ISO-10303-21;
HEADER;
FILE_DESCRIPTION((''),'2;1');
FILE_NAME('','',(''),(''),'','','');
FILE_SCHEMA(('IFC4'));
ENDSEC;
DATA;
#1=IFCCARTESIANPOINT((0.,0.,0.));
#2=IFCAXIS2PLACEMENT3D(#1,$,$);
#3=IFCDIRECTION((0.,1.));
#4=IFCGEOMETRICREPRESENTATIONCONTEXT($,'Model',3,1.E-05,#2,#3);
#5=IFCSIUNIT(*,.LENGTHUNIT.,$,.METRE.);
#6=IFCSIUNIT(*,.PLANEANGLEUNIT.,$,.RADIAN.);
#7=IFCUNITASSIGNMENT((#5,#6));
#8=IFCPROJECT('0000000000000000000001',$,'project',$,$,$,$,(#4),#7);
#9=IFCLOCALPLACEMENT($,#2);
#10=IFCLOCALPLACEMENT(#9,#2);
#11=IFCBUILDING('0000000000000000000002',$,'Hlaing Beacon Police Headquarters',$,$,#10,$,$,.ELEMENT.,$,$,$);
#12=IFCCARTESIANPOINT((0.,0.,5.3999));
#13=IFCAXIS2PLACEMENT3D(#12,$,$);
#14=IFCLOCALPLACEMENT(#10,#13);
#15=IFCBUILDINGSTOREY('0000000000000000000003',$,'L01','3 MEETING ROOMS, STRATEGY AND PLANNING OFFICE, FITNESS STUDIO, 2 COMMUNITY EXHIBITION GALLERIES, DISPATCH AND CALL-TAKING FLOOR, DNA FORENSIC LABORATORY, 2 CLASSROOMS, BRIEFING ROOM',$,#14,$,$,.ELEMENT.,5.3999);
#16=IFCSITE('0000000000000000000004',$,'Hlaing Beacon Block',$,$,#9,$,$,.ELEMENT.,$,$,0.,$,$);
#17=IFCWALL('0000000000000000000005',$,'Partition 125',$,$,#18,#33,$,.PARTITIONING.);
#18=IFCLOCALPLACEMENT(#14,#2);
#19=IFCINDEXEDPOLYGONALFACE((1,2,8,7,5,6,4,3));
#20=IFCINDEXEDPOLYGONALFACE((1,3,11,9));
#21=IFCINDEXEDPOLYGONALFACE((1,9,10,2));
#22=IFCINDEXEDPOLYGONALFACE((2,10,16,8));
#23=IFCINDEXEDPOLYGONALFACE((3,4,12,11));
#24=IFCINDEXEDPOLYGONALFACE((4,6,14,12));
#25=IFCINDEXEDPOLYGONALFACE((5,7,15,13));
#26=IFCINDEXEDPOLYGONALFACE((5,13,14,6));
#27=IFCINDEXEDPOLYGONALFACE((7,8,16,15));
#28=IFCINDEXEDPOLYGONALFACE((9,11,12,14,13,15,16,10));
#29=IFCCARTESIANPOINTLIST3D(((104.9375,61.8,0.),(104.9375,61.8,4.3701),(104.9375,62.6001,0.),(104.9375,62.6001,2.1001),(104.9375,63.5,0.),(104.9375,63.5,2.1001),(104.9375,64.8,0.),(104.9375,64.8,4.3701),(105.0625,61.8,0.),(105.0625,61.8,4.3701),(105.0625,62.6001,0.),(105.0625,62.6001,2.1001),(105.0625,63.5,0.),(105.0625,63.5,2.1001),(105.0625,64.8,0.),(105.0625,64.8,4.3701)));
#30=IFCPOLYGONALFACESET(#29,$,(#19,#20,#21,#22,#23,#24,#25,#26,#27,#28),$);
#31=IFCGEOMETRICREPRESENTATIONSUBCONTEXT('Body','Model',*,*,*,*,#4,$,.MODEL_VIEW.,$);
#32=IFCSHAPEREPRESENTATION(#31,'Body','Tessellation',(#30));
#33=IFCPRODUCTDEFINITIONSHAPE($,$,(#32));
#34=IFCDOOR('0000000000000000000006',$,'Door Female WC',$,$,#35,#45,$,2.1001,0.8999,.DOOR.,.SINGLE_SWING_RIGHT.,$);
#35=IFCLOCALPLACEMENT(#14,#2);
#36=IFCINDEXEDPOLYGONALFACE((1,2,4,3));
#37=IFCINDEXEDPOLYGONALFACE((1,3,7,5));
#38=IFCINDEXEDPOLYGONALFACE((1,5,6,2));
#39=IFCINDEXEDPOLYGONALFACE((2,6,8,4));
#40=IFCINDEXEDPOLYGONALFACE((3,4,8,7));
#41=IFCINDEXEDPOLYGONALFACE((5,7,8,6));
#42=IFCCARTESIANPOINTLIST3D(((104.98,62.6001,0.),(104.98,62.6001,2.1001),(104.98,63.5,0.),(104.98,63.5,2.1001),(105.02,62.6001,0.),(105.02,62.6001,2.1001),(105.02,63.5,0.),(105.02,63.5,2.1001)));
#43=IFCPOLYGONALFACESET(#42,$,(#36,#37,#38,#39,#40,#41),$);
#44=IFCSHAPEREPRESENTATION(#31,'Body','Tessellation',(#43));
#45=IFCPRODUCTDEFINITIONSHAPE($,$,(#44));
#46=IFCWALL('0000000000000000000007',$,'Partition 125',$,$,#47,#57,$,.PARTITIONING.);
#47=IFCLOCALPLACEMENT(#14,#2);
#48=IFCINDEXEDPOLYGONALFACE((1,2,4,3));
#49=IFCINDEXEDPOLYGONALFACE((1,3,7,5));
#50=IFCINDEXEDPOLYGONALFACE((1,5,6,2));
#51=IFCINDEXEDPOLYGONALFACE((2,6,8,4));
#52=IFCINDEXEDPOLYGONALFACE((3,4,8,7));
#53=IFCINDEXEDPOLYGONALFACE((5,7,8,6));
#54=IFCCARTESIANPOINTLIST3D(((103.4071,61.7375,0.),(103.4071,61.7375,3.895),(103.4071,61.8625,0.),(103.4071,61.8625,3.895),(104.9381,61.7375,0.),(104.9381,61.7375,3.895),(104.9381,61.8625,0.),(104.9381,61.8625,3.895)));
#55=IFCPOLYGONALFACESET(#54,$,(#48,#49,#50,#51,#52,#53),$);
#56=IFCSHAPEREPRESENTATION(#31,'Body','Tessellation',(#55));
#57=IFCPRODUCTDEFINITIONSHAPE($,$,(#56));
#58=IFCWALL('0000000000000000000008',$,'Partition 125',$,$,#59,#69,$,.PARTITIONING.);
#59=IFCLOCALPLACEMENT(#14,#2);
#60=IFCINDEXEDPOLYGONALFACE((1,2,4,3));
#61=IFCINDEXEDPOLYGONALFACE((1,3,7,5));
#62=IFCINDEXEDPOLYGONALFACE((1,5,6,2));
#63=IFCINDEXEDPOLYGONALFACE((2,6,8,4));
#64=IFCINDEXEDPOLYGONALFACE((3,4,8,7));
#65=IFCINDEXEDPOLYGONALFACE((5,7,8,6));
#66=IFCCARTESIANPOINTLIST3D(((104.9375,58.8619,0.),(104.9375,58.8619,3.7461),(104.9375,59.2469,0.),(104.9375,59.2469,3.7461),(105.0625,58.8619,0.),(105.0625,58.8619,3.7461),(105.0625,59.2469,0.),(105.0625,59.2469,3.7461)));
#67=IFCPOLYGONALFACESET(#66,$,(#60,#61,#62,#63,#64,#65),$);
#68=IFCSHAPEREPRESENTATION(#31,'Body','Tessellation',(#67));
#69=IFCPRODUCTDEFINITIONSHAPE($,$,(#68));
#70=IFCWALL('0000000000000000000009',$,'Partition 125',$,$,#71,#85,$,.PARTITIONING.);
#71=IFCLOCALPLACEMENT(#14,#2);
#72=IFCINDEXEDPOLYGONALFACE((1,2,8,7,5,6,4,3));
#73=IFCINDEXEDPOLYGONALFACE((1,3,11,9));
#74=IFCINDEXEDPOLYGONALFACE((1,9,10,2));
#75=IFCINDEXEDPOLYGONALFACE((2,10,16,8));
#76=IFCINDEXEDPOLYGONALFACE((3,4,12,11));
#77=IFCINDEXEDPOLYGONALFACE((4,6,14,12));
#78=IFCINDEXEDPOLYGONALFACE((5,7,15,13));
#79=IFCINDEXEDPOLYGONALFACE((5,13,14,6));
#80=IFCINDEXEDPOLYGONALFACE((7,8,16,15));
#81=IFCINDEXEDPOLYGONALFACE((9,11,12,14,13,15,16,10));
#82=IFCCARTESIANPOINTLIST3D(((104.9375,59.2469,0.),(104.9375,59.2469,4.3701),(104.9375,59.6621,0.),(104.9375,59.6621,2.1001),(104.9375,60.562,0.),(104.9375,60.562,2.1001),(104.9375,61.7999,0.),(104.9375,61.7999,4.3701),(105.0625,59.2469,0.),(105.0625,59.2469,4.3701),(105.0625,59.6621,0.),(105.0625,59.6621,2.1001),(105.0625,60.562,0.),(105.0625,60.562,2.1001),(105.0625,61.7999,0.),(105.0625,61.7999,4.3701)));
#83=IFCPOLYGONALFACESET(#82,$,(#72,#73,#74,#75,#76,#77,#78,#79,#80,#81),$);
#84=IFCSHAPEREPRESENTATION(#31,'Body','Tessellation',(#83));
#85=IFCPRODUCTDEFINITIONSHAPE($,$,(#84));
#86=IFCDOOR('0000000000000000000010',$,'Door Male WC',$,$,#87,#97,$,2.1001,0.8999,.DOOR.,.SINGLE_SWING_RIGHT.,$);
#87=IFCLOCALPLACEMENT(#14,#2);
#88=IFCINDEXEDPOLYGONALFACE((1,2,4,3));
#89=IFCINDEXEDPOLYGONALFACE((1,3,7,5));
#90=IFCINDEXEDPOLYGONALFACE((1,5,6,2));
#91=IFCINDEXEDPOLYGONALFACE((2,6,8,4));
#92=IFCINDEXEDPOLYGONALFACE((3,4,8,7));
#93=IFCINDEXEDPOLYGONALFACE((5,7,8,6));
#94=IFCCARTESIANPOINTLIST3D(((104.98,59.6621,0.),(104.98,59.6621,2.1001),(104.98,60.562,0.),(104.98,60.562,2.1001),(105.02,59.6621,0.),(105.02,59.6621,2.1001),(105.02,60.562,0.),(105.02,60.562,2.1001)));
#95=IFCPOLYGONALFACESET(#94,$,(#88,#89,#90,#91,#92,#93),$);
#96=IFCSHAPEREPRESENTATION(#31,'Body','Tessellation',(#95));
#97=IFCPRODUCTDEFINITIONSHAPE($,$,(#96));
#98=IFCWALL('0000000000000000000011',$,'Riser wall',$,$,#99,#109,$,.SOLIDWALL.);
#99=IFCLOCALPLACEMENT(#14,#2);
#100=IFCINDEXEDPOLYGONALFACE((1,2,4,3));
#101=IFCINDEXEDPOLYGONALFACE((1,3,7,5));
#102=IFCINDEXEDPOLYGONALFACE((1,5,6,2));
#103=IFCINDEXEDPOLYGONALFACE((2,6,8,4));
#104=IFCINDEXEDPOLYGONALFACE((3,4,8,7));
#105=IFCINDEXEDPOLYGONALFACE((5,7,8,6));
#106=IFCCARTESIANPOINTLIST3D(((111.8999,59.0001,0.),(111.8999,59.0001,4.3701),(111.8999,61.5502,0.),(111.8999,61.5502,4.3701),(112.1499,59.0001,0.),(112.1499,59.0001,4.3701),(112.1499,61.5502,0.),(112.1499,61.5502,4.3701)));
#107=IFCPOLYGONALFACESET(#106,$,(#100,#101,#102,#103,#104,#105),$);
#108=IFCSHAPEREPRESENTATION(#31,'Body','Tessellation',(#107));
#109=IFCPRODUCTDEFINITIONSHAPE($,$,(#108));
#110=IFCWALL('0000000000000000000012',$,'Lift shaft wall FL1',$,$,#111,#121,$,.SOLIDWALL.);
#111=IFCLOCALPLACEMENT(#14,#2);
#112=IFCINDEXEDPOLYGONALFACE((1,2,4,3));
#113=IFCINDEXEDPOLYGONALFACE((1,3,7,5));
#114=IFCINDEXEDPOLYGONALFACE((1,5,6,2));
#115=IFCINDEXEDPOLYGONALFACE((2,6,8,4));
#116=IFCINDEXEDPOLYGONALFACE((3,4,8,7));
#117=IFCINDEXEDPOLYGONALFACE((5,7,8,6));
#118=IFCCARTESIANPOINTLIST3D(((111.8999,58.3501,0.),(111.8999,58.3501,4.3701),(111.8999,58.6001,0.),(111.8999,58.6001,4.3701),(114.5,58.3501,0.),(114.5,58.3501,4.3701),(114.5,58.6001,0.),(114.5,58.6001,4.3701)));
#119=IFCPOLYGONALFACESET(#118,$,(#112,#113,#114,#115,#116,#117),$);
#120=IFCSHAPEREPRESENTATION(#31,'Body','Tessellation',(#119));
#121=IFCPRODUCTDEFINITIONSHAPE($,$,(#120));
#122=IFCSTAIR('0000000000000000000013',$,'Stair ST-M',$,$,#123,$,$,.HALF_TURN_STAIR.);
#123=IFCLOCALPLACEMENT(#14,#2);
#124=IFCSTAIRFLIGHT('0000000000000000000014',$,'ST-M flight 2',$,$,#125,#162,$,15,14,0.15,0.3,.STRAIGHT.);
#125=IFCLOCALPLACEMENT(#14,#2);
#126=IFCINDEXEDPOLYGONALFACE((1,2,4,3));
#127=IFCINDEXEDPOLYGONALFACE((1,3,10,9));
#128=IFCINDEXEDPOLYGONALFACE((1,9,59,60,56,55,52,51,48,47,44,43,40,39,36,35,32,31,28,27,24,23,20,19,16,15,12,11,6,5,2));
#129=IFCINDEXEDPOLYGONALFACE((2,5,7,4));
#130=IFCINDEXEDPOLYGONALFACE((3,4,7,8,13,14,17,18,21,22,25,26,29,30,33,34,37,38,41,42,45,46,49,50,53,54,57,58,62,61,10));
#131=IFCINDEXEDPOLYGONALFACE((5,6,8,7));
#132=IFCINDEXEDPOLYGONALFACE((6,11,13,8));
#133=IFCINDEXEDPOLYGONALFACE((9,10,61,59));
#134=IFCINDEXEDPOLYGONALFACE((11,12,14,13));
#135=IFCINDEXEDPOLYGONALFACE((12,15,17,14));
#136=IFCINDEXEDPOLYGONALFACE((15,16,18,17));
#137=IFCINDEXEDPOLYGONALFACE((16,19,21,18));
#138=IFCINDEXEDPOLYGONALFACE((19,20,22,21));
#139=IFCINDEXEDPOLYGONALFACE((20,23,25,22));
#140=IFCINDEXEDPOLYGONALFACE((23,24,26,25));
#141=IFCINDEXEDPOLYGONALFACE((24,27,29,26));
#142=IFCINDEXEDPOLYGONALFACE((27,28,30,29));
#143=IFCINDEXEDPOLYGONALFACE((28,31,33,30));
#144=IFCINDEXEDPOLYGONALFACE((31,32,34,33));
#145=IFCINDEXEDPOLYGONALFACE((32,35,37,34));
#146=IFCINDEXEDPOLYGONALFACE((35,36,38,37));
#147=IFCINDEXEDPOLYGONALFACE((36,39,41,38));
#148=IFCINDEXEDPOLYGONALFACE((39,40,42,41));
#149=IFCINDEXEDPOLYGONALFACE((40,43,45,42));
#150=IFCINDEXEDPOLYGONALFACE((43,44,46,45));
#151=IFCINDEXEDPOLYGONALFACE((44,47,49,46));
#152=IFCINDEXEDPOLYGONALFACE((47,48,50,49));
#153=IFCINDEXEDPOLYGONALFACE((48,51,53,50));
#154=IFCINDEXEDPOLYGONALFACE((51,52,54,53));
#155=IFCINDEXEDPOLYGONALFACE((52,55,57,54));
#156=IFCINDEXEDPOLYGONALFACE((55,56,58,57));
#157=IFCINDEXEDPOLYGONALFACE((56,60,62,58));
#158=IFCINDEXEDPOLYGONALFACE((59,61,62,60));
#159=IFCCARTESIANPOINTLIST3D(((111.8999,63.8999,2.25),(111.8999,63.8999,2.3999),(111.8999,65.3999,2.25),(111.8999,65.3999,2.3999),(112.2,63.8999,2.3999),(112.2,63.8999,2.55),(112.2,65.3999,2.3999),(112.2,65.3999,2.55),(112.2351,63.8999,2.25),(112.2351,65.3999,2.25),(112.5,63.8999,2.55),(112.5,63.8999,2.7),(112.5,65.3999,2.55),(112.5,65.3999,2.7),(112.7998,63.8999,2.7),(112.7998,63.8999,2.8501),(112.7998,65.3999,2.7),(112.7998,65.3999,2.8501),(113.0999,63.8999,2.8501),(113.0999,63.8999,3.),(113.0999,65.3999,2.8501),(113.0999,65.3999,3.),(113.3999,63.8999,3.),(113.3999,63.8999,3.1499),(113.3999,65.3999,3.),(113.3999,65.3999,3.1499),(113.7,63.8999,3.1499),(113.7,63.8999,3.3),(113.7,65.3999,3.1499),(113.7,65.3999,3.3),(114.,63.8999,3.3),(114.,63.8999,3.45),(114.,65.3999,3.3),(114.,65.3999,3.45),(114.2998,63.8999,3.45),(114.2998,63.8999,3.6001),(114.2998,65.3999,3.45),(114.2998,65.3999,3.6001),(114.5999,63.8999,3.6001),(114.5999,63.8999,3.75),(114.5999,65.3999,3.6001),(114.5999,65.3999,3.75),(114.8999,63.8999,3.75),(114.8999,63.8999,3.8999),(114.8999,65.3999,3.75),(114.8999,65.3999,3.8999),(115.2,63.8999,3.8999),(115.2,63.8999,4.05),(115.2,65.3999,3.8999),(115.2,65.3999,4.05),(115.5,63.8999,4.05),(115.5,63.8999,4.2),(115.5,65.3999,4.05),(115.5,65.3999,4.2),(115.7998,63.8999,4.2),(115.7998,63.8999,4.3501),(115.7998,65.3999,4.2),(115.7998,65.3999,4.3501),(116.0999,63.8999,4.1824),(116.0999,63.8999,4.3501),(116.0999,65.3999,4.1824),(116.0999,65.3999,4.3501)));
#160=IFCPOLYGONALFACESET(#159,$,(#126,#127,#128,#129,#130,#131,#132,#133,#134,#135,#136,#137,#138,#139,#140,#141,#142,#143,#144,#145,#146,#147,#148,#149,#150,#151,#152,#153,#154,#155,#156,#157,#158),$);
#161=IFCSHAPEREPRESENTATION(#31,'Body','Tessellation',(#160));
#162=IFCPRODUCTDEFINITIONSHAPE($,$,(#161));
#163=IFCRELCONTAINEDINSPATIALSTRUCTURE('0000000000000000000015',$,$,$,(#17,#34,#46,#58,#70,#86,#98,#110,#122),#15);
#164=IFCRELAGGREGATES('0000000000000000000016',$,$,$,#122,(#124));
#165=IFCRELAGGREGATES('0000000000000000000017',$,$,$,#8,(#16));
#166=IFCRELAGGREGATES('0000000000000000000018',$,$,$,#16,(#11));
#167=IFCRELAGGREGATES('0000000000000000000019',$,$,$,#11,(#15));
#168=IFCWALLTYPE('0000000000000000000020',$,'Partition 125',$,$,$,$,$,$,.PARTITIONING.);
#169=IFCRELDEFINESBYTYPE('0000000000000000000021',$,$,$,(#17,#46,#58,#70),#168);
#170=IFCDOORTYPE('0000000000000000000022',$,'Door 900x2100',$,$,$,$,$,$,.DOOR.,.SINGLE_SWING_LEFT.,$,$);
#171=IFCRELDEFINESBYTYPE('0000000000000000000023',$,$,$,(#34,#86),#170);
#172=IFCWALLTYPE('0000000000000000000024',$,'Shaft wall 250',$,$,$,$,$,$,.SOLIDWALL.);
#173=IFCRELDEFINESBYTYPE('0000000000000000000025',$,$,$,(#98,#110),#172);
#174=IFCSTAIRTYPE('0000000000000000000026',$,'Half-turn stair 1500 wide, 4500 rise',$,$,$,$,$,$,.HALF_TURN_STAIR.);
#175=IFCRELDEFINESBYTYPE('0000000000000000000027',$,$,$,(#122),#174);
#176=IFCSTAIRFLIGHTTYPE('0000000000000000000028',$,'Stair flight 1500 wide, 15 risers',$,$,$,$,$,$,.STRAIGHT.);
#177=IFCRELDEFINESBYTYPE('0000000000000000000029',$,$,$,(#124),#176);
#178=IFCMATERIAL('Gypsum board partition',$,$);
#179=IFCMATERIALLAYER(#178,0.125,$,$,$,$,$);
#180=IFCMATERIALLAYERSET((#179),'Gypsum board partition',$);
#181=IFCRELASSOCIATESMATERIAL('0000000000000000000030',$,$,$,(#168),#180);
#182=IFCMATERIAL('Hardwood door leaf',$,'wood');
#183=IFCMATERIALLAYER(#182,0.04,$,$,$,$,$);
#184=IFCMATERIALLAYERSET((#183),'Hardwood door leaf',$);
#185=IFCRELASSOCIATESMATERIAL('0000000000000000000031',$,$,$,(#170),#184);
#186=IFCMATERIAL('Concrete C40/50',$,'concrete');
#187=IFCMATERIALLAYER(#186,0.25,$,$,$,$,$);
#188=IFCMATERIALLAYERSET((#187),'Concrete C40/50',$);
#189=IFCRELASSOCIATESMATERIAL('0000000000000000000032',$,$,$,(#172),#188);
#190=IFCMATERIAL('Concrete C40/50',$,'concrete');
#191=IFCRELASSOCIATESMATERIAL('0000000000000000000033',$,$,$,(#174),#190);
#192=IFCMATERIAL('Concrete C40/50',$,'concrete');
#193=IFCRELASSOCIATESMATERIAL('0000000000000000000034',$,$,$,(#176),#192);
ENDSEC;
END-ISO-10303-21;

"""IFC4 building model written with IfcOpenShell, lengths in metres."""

from ifc_helpers import new_model, si_unit, direction, frame, frame_2d, origin, place, context, subcontext, project, spatial, polyline, rectangle, outline, extrude, material, layer, layer_set, type_object, element, fill, aggregate, save


model = new_model("IFC4")

# Units and contexts
model_context = context("Model", 3, precision=1e-05, world=origin(), true_north=direction((0.0, 1.0)))
body_context = subcontext(model_context, "Body", "Model", "MODEL_VIEW")
ifc_project = project(units=[si_unit("LENGTHUNIT", "METRE"), si_unit("PLANEANGLEUNIT", "RADIAN")], contexts=[model_context])

# Site, building, storey
site_placement = place(None, origin())
site = spatial("IfcSite", under=ifc_project, at=site_placement, Name="Hlaing Beacon Block", CompositionType="ELEMENT", RefElevation=0.0)
building_placement = place(site_placement, origin())
building = spatial("IfcBuilding", under=site, at=building_placement, Name="Hlaing Beacon Police Headquarters", CompositionType="ELEMENT")
storey_placement = place(building_placement, frame((0.0, 0.0, 5.3999)))
storey = spatial("IfcBuildingStorey", under=building, at=storey_placement, Name="L01", Description="3 MEETING ROOMS, STRATEGY AND PLANNING OFFICE, FITNESS STUDIO, 2 COMMUNITY EXHIBITION GALLERIES, DISPATCH AND CALL-TAKING FLOOR, DNA FORENSIC LABORATORY, 2 CLASSROOMS, BRIEFING ROOM", CompositionType="ELEMENT", Elevation=5.3999)

# Shared definitions
ifc_material_1 = material(Name="Gypsum board partition")
ifc_layer_1 = layer(ifc_material_1, 0.125)
ifc_layer_set_1 = layer_set([ifc_layer_1], Name="Gypsum board partition")
wall_type_1 = type_object("IfcWallType", Name="Partition 125", PredefinedType="PARTITIONING", material=ifc_layer_set_1)

# Wall, opening, door
wall_1_placement = place(storey_placement, frame((105.0, 61.8, 0.0), z_axis=(0.0, 0.0, 1.0), x_axis=(0.0, 1.0, 0.0)))
wall_1 = element("IfcWall", 1, at=wall_1_placement, inside=storey, type_object=wall_type_1, Name="Partition 125", PredefinedType="PARTITIONING", context=body_context, shape_type="SweptSolid", body=[
    extrude(rectangle(XDim=3.0, YDim=0.125, at=frame_2d((1.5, 0.0))), origin(), (0.0, 0.0, 1.0), 4.3701),
])
opening_1_placement = place(wall_1_placement, frame((0.8, 0.0, 0.0)))
opening_1 = element("IfcOpeningElement", 2, at=opening_1_placement, cuts=wall_1, PredefinedType="OPENING", context=body_context, shape_type="SweptSolid", body=[
    extrude(rectangle(XDim=0.8999, YDim=2.1001, at=frame_2d((0.45, 1.05))), frame((0.0, 0.0725, 0.0), z_axis=(0.0, -1.0, 0.0), x_axis=(1.0, 0.0, 0.0)), (0.0, 0.0, 1.0), 0.145),
])
ifc_material_2 = material(Name="Hardwood door leaf", Category="wood")
ifc_layer_2 = layer(ifc_material_2, 0.04)
ifc_layer_set_2 = layer_set([ifc_layer_2], Name="Hardwood door leaf")
door_type_1 = type_object("IfcDoorType", Name="Door 900x2100", OperationType="SINGLE_SWING_LEFT", PredefinedType="DOOR", material=ifc_layer_set_2)
door_1_placement = place(opening_1_placement, origin())
door_1 = element("IfcDoor", 3, at=door_1_placement, inside=storey, type_object=door_type_1, Name="Door Female WC", OperationType="SINGLE_SWING_RIGHT", OverallHeight=2.1001, OverallWidth=0.8999, PredefinedType="DOOR", context=body_context, shape_type="SweptSolid", body=[
    extrude(rectangle(XDim=0.8999, YDim=2.1001, at=frame_2d((0.45, 1.05))), frame((0.0, 0.02, 0.0), z_axis=(0.0, -1.0, 0.0), x_axis=(1.0, 0.0, 0.0)), (0.0, 0.0, 1.0), 0.04),
])
fill(opening_1, door_1)

# Walls
wall_2_placement = place(storey_placement, frame((103.407, 61.8, 0.0), z_axis=(0.0, 0.0, 1.0), x_axis=(1.0, 0.0, 0.0)))
element("IfcWall", 4, at=wall_2_placement, inside=storey, type_object=wall_type_1, Name="Partition 125", PredefinedType="PARTITIONING", context=body_context, shape_type="SweptSolid", body=[
    extrude(rectangle(XDim=1.531, YDim=0.125, at=frame_2d((0.7656, 0.0))), origin(), (0.0, 0.0, 1.0), 3.895),
])
wall_3_placement = place(storey_placement, frame((105.0, 58.8621, 0.0), z_axis=(0.0, 0.0, 1.0), x_axis=(0.0, 1.0, 0.0)))
element("IfcWall", 5, at=wall_3_placement, inside=storey, type_object=wall_type_1, Name="Partition 125", PredefinedType="PARTITIONING", context=body_context, shape_type="SweptSolid", body=[
    extrude(rectangle(XDim=0.385, YDim=0.125, at=frame_2d((0.1924, 0.0))), origin(), (0.0, 0.0, 1.0), 3.7461),
])

# Wall, opening, door
wall_4_placement = place(storey_placement, frame((105.0, 59.2471, 0.0), z_axis=(0.0, 0.0, 1.0), x_axis=(0.0, 1.0, 0.0)))
wall_4 = element("IfcWall", 6, at=wall_4_placement, inside=storey, type_object=wall_type_1, Name="Partition 125", PredefinedType="PARTITIONING", context=body_context, shape_type="SweptSolid", body=[
    extrude(rectangle(XDim=2.553, YDim=0.125, at=frame_2d((1.2764, 0.0))), origin(), (0.0, 0.0, 1.0), 4.3701),
])
opening_2_placement = place(wall_4_placement, frame((0.415, 0.0, 0.0)))
opening_2 = element("IfcOpeningElement", 7, at=opening_2_placement, cuts=wall_4, PredefinedType="OPENING", context=body_context, shape_type="SweptSolid", body=[
    extrude(rectangle(XDim=0.8999, YDim=2.1001, at=frame_2d((0.45, 1.05))), frame((0.0, 0.0725, 0.0), z_axis=(0.0, -1.0, 0.0), x_axis=(1.0, 0.0, 0.0)), (0.0, 0.0, 1.0), 0.145),
])
door_2_placement = place(opening_2_placement, origin())
door_2 = element("IfcDoor", 8, at=door_2_placement, inside=storey, type_object=door_type_1, Name="Door Male WC", OperationType="SINGLE_SWING_RIGHT", OverallHeight=2.1001, OverallWidth=0.8999, PredefinedType="DOOR", context=body_context, shape_type="SweptSolid", body=[
    extrude(rectangle(XDim=0.8999, YDim=2.1001, at=frame_2d((0.45, 1.05))), frame((0.0, 0.02, 0.0), z_axis=(0.0, -1.0, 0.0), x_axis=(1.0, 0.0, 0.0)), (0.0, 0.0, 1.0), 0.04),
])
fill(opening_2, door_2)

# Walls
ifc_material_3 = material(Name="Concrete C40/50", Category="concrete")
ifc_layer_3 = layer(ifc_material_3, 0.25)
ifc_layer_set_3 = layer_set([ifc_layer_3], Name="Concrete C40/50")
wall_type_2 = type_object("IfcWallType", Name="Shaft wall 250", PredefinedType="SOLIDWALL", material=ifc_layer_set_3)
wall_5_placement = place(storey_placement, frame((112.0249, 61.55, 0.0), z_axis=(0.0, 0.0, 1.0), x_axis=(0.0, -1.0, 0.0)))
element("IfcWall", 9, at=wall_5_placement, inside=storey, type_object=wall_type_2, Name="Riser wall", PredefinedType="SOLIDWALL", context=body_context, shape_type="SweptSolid", body=[
    extrude(rectangle(XDim=2.55, YDim=0.25, at=frame_2d((1.2749, 0.0))), origin(), (0.0, 0.0, 1.0), 4.3701),
])
wall_6_placement = place(storey_placement, frame((111.8999, 58.4751, 0.0), z_axis=(0.0, 0.0, 1.0), x_axis=(1.0, 0.0, 0.0)))
element("IfcWall", 10, at=wall_6_placement, inside=storey, type_object=wall_type_2, Name="Lift shaft wall FL1", PredefinedType="SOLIDWALL", context=body_context, shape_type="SweptSolid", body=[
    extrude(rectangle(XDim=2.6001, YDim=0.25, at=frame_2d((1.3, 0.0))), origin(), (0.0, 0.0, 1.0), 4.3701),
])

# Stair, stair flight
ifc_material_4 = material(Name="Concrete C40/50", Category="concrete")
stair_type = type_object("IfcStairType", Name="Half-turn stair 1500 wide, 4500 rise", PredefinedType="HALF_TURN_STAIR", material=ifc_material_4)
stair_placement = place(storey_placement, origin())
stair = element("IfcStair", 11, at=stair_placement, inside=storey, type_object=stair_type, Name="Stair ST-M", PredefinedType="HALF_TURN_STAIR")
ifc_material_5 = material(Name="Concrete C40/50", Category="concrete")
stair_flight_type = type_object("IfcStairFlightType", Name="Stair flight 1500 wide, 15 risers", PredefinedType="STRAIGHT", material=ifc_material_5)
stair_flight_placement = place(storey_placement, frame((111.8999, 64.6499, 2.25), z_axis=(0.0, 0.0, 1.0), x_axis=(1.0, 0.0, 0.0)))
stair_flight = element("IfcStairFlight", 12, at=stair_flight_placement, type_object=stair_flight_type, Name="ST-M flight 2", NumberOfRisers=15, NumberOfTreads=14, PredefinedType="STRAIGHT", RiserHeight=0.15, TreadLength=0.3, context=body_context, shape_type="SweptSolid", body=[
    extrude(outline(polyline([(0.0, 0.0), (0.0, 0.1499), (0.3, 0.1499), (0.3, 0.3), (0.6001, 0.3), (0.6001, 0.45), (0.8999, 0.45), (0.8999, 0.6001), (1.2, 0.6001), (1.2, 0.75), (1.5, 0.75), (1.5, 0.8999), (1.8, 0.8999), (1.8, 1.05), (2.1001, 1.05), (2.1001, 1.2), (2.3999, 1.2), (2.3999, 1.3501), (2.7, 1.3501), (2.7, 1.5), (3.0, 1.5), (3.0, 1.6499), (3.3, 1.6499), (3.3, 1.8), (3.6001, 1.8), (3.6001, 1.95), (3.8999, 1.95), (3.8999, 2.1001), (4.2, 2.1001), (4.2, 2.25), (4.2, 1.9324), (0.3352, 0.0), (0.0, 0.0)])), frame((0.0, 0.75, 0.0), z_axis=(0.0, -1.0, 0.0), x_axis=(1.0, 0.0, 0.0)), (0.0, 0.0, 1.0), 1.5),
])
aggregate(stair, [stair_flight])

save(model, "model.ifc")
